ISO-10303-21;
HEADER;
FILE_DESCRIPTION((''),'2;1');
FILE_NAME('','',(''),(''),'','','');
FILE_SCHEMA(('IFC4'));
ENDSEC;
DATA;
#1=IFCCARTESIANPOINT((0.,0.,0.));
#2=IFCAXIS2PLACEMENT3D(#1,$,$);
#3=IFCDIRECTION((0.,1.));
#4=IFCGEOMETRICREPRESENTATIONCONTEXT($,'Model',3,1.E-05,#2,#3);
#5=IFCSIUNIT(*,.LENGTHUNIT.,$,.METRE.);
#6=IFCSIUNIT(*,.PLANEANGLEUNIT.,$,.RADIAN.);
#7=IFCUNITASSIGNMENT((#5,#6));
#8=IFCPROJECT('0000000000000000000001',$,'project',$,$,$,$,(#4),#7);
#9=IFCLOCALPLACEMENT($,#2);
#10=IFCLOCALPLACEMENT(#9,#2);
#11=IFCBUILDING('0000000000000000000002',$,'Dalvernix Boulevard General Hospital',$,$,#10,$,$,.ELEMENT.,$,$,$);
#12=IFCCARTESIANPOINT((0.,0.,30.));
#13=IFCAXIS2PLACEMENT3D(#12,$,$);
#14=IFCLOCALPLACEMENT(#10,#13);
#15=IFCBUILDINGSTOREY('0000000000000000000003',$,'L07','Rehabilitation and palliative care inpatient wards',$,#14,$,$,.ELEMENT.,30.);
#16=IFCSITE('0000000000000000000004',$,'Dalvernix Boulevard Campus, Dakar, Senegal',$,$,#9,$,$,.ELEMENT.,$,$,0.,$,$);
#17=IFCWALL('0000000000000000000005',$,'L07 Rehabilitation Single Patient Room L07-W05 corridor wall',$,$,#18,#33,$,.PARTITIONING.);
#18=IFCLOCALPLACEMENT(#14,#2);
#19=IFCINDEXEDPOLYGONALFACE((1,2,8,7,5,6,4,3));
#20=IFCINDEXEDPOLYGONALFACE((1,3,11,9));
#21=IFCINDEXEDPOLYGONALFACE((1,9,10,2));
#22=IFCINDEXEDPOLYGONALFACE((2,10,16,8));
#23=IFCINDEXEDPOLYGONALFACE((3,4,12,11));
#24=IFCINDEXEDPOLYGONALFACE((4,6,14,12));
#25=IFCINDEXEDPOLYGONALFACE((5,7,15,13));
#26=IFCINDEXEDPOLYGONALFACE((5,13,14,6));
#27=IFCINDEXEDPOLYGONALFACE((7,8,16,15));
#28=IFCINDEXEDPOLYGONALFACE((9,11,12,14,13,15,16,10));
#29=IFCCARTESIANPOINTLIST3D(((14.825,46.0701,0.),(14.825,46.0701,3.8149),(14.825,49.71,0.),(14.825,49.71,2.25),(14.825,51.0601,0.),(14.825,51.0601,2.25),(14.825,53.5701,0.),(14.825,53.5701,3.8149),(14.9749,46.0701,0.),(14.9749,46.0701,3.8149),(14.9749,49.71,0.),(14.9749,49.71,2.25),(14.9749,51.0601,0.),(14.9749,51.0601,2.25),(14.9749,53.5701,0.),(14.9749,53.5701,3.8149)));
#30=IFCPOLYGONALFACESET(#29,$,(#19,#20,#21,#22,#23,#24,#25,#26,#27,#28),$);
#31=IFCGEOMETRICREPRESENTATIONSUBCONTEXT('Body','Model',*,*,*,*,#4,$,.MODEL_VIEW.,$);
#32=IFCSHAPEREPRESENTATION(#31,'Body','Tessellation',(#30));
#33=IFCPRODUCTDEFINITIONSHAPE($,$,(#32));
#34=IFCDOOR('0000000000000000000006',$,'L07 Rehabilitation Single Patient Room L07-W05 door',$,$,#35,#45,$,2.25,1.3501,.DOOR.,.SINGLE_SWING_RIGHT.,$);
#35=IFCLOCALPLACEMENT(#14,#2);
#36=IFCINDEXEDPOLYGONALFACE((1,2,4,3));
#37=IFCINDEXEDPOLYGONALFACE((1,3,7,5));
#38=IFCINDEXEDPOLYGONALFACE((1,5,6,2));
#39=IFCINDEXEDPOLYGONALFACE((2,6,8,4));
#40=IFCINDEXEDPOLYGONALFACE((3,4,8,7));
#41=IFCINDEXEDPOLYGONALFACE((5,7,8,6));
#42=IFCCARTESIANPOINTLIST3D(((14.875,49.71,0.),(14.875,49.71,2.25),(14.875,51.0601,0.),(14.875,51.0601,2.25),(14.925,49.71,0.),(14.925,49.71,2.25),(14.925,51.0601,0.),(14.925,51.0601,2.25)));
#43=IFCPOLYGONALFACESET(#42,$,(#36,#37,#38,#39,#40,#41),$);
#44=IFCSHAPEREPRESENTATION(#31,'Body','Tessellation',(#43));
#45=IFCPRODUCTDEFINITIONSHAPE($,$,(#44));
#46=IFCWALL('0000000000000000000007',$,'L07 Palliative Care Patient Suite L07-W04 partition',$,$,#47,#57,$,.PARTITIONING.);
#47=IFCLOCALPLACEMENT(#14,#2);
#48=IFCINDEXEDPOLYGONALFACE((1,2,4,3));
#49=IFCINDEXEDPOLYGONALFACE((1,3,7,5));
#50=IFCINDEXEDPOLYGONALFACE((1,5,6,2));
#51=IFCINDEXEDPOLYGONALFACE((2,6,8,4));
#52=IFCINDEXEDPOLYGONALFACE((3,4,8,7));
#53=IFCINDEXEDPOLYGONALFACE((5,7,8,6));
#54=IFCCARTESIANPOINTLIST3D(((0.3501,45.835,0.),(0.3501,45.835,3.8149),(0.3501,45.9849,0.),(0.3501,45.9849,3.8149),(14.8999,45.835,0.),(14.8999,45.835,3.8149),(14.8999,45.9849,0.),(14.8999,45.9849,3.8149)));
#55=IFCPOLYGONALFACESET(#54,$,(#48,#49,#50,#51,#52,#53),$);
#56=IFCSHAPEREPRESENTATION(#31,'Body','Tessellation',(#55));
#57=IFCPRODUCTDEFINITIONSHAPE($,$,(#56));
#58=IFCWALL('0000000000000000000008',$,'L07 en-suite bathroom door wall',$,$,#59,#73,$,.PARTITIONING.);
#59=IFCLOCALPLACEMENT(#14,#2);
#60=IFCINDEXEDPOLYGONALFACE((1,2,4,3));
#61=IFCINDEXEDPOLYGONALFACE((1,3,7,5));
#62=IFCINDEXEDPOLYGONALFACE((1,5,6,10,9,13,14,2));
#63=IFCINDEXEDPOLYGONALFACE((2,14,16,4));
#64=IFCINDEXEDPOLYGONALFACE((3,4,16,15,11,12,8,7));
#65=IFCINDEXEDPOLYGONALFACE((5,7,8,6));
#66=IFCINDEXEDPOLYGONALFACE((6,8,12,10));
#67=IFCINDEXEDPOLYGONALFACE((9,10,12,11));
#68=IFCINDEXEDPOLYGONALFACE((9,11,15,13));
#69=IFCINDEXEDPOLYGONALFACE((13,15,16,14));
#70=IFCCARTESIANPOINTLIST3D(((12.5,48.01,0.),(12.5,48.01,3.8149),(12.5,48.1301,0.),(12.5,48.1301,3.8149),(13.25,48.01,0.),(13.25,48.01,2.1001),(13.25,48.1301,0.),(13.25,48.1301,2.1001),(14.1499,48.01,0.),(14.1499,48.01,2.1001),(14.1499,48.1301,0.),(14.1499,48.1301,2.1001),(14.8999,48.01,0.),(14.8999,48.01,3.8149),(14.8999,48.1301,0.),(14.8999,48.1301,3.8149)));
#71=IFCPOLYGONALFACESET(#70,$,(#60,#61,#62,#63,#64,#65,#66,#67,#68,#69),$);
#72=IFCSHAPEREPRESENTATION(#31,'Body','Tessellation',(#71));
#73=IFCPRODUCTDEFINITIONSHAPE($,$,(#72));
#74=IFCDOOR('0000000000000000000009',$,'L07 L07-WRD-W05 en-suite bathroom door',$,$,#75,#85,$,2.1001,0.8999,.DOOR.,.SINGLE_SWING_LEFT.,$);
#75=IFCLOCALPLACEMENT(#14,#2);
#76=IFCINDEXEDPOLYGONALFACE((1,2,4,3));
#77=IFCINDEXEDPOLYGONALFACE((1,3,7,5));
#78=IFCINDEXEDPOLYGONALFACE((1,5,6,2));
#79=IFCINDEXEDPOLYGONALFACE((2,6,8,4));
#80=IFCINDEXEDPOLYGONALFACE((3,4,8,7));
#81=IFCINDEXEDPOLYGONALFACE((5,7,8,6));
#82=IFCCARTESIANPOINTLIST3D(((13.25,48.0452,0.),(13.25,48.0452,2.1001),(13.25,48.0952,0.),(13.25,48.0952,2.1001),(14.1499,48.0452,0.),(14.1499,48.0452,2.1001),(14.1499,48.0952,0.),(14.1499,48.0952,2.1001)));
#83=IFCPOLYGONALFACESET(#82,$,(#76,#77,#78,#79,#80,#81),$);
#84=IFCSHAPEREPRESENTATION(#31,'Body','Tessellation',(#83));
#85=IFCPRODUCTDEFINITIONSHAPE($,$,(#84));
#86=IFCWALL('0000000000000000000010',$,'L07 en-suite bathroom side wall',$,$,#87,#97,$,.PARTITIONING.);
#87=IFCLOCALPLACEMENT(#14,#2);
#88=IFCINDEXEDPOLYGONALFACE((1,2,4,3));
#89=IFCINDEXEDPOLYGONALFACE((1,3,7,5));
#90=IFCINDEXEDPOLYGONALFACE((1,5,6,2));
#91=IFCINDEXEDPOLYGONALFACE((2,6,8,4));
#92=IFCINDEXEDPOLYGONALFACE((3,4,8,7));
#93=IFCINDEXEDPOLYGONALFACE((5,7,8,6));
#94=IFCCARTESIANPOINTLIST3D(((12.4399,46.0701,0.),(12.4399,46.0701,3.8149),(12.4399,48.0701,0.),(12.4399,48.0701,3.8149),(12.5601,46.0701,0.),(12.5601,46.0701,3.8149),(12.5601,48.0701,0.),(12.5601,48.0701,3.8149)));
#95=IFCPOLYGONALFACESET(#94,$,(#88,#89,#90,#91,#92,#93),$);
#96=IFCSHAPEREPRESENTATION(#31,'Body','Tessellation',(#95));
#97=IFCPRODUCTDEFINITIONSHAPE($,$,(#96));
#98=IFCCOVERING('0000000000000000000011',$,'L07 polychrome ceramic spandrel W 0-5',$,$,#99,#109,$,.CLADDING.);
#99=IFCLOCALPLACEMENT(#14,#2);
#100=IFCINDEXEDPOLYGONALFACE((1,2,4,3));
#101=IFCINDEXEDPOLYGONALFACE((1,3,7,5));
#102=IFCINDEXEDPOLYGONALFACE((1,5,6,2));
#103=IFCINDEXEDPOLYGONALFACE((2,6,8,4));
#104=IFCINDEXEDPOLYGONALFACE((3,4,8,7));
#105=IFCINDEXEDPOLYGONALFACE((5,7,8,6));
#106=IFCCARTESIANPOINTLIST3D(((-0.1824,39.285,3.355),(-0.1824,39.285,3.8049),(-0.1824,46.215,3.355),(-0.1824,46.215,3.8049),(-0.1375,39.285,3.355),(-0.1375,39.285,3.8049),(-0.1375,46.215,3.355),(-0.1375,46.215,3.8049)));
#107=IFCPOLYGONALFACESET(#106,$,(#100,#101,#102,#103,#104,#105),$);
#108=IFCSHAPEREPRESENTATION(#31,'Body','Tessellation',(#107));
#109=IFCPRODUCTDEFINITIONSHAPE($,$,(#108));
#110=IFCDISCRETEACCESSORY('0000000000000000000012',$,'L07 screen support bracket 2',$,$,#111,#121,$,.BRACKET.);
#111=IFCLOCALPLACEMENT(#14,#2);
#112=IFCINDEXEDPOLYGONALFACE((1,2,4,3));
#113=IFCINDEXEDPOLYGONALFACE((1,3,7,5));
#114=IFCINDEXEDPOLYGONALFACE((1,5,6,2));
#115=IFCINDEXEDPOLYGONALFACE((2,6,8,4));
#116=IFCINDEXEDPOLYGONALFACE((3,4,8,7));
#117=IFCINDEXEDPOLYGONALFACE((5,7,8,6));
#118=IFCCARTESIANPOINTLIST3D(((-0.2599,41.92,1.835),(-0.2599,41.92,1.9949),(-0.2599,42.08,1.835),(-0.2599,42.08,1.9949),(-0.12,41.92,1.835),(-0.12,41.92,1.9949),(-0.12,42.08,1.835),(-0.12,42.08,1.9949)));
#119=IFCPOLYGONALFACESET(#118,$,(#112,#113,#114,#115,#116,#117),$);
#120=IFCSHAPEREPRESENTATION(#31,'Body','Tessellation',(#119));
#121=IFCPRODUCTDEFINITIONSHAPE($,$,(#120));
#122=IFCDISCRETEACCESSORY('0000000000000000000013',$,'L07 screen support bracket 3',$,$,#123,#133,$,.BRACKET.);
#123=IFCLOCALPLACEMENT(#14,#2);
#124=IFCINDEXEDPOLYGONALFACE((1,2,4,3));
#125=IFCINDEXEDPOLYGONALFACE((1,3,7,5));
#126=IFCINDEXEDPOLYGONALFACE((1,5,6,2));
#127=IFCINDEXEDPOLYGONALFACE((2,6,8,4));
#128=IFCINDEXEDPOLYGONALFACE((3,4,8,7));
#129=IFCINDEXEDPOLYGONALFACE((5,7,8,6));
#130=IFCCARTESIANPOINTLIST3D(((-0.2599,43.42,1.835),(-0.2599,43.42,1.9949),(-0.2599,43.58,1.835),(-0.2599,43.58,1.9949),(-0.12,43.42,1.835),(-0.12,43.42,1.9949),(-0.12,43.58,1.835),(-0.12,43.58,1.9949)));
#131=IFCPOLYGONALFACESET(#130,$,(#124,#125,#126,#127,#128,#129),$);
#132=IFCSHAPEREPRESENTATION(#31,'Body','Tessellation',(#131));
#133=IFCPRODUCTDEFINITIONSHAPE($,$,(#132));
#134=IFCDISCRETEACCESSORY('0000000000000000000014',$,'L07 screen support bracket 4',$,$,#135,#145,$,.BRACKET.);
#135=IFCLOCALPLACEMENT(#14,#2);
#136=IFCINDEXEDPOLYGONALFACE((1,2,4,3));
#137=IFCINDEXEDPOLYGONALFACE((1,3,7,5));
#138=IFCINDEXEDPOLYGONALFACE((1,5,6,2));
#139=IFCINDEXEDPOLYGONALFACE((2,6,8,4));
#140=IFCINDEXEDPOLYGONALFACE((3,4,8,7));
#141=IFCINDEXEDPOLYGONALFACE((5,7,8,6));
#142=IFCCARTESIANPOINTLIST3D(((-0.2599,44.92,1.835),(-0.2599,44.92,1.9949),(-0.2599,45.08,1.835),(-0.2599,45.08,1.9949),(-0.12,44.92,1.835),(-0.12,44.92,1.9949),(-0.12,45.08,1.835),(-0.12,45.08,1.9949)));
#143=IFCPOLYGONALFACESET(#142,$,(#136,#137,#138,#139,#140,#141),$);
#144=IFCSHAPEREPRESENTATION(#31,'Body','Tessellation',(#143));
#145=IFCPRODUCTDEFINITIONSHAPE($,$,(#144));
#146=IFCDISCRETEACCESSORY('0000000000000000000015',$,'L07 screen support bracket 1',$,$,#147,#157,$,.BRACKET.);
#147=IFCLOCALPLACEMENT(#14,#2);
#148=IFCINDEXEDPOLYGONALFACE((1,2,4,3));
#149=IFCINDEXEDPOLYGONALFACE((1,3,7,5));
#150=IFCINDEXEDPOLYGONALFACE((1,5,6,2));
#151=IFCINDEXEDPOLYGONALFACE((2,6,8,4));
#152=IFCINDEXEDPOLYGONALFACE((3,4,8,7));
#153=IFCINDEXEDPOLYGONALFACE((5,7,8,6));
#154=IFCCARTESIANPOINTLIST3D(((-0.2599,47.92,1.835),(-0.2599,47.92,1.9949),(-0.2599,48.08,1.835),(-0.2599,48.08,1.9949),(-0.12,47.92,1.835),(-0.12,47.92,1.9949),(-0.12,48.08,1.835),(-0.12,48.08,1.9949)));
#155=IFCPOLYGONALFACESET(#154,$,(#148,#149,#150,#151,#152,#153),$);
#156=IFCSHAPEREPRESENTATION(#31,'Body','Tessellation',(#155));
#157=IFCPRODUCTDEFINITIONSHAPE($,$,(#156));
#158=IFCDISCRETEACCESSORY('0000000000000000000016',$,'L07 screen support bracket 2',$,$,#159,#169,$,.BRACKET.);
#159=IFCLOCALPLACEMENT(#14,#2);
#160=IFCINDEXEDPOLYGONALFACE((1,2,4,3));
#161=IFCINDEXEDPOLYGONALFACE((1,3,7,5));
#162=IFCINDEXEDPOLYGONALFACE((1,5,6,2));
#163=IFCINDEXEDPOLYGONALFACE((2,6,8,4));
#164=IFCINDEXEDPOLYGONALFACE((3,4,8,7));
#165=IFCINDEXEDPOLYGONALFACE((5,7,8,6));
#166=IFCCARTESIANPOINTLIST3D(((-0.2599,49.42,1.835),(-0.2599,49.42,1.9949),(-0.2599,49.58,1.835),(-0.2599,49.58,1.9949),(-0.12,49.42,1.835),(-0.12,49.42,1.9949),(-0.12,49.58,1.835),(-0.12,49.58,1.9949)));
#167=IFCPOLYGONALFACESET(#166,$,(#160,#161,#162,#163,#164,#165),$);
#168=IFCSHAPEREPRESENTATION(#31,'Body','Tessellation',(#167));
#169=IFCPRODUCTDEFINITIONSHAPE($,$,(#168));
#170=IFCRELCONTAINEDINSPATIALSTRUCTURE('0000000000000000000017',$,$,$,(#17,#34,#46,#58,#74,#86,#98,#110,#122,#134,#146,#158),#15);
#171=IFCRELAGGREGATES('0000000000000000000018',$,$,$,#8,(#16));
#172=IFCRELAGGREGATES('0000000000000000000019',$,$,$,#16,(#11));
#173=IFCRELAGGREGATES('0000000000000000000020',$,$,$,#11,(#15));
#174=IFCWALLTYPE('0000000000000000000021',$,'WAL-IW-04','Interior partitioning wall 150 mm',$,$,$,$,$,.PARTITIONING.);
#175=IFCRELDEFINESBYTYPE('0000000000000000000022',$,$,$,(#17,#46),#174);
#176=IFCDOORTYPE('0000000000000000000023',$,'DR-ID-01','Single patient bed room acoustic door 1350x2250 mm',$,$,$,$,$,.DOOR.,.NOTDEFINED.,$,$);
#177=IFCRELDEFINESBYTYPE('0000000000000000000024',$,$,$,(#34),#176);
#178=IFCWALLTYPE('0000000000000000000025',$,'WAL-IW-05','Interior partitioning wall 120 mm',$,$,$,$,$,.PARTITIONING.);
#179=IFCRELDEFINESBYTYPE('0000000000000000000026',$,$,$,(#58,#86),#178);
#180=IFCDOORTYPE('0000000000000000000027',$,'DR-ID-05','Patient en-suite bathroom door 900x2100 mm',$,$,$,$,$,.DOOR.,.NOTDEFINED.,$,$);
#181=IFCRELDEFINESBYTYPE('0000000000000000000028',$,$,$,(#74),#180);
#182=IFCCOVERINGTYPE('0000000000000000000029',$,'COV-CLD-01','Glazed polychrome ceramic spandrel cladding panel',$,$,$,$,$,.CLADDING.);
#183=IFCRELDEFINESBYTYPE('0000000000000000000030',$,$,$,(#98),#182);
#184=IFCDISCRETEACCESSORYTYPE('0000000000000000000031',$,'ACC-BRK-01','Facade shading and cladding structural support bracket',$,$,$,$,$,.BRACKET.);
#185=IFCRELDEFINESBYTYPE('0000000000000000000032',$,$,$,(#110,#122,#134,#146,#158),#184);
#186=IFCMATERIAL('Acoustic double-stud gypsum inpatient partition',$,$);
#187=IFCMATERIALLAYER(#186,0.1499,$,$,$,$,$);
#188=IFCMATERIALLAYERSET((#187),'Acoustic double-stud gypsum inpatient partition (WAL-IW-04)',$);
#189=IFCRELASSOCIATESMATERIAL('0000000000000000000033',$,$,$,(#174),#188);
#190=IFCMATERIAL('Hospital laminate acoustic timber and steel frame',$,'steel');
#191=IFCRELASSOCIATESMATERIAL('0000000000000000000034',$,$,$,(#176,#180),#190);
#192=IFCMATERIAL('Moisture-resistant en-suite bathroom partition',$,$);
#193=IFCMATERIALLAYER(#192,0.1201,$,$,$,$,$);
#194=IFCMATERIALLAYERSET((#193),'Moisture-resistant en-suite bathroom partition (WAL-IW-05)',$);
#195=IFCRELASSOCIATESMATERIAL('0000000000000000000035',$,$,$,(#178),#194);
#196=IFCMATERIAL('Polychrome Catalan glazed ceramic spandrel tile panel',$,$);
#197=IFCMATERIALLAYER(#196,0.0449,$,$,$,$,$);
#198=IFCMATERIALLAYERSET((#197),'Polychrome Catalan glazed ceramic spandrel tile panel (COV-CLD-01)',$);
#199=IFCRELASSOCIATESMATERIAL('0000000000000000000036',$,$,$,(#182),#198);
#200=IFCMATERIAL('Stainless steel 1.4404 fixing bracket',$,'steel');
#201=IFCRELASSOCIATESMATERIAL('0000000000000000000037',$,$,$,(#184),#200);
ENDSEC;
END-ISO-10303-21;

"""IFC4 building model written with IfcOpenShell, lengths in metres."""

from ifc_helpers import new_model, si_unit, direction, frame, frame_2d, origin, origin_2d, place, context, subcontext, project, spatial, rectangle, extrude, material, layer, layer_set, type_object, element, fill, save


model = new_model("IFC4")

# Units and contexts
model_context = context("Model", 3, precision=1e-05, world=origin(), true_north=direction((0.0, 1.0)))
body_context = subcontext(model_context, "Body", "Model", "MODEL_VIEW")
ifc_project = project(units=[si_unit("LENGTHUNIT", "METRE"), si_unit("PLANEANGLEUNIT", "RADIAN")], contexts=[model_context])

# Site, building, storey
site_placement = place(None, origin())
site = spatial("IfcSite", under=ifc_project, at=site_placement, Name="Dalvernix Boulevard Campus, Dakar, Senegal", CompositionType="ELEMENT", RefElevation=0.0)
building_placement = place(site_placement, origin())
building = spatial("IfcBuilding", under=site, at=building_placement, Name="Dalvernix Boulevard General Hospital", CompositionType="ELEMENT")
storey_placement = place(building_placement, frame((0.0, 0.0, 30.0)))
storey = spatial("IfcBuildingStorey", under=building, at=storey_placement, Name="L07", Description="Rehabilitation and palliative care inpatient wards", CompositionType="ELEMENT", Elevation=30.0)

# Wall, opening, door
ifc_material_1 = material(Name="Acoustic double-stud gypsum inpatient partition")
ifc_layer_1 = layer(ifc_material_1, 0.1499)
ifc_layer_set_1 = layer_set([ifc_layer_1], Name="Acoustic double-stud gypsum inpatient partition (WAL-IW-04)")
wall_type_1 = type_object("IfcWallType", Name="WAL-IW-04", Description="Interior partitioning wall 150 mm", PredefinedType="PARTITIONING", material=ifc_layer_set_1)
wall_1_placement = place(storey_placement, frame((14.8999, 46.0701, 0.0), z_axis=(0.0, 0.0, 1.0), x_axis=(0.0, 1.0, 0.0)))
wall_1 = element("IfcWall", 1, at=wall_1_placement, inside=storey, type_object=wall_type_1, Name="L07 Rehabilitation Single Patient Room L07-W05 corridor wall", PredefinedType="PARTITIONING", context=body_context, shape_type="SweptSolid", body=[
    extrude(rectangle(XDim=7.5, YDim=0.1499, at=frame_2d((3.75, 0.0))), origin(), (0.0, 0.0, 1.0), 3.8149),
])
opening_1_placement = place(wall_1_placement, frame((3.6399, 0.0, 0.0)))
opening_1 = element("IfcOpeningElement", 2, at=opening_1_placement, cuts=wall_1, PredefinedType="OPENING", context=body_context, shape_type="SweptSolid", body=[
    extrude(rectangle(XDim=1.3501, YDim=2.25, at=frame_2d((0.675, 1.125))), frame((0.0, 0.085, 0.0), z_axis=(0.0, -1.0, 0.0), x_axis=(1.0, 0.0, 0.0)), (0.0, 0.0, 1.0), 0.1699),
])
ifc_material_2 = material(Name="Hospital laminate acoustic timber and steel frame", Category="steel")
door_type_1 = type_object("IfcDoorType", Name="DR-ID-01", Description="Single patient bed room acoustic door 1350x2250 mm", OperationType="NOTDEFINED", PredefinedType="DOOR", material=ifc_material_2)
door_1_placement = place(opening_1_placement, origin())
door_1 = element("IfcDoor", 3, at=door_1_placement, inside=storey, type_object=door_type_1, Name="L07 Rehabilitation Single Patient Room L07-W05 door", OperationType="SINGLE_SWING_RIGHT", OverallHeight=2.25, OverallWidth=1.3501, PredefinedType="DOOR", context=body_context, shape_type="SweptSolid", body=[
    extrude(rectangle(XDim=1.3501, YDim=2.25, at=frame_2d((0.675, 1.125))), frame((0.0, 0.0249, 0.0), z_axis=(0.0, -1.0, 0.0), x_axis=(1.0, 0.0, 0.0)), (0.0, 0.0, 1.0), 0.05),
])
fill(opening_1, door_1)

# Wall
wall_2_placement = place(storey_placement, frame((0.3501, 45.9099, 0.0), z_axis=(0.0, 0.0, 1.0), x_axis=(1.0, 0.0, 0.0)))
element("IfcWall", 4, at=wall_2_placement, inside=storey, type_object=wall_type_1, Name="L07 Palliative Care Patient Suite L07-W04 partition", PredefinedType="PARTITIONING", context=body_context, shape_type="SweptSolid", body=[
    extrude(rectangle(XDim=14.5498, YDim=0.1499, at=frame_2d((7.2749, 0.0))), origin(), (0.0, 0.0, 1.0), 3.8149),
])

# Wall, opening, door
ifc_material_3 = material(Name="Moisture-resistant en-suite bathroom partition")
ifc_layer_2 = layer(ifc_material_3, 0.1201)
ifc_layer_set_2 = layer_set([ifc_layer_2], Name="Moisture-resistant en-suite bathroom partition (WAL-IW-05)")
wall_type_2 = type_object("IfcWallType", Name="WAL-IW-05", Description="Interior partitioning wall 120 mm", PredefinedType="PARTITIONING", material=ifc_layer_set_2)
wall_3_placement = place(storey_placement, frame((14.8999, 48.0701, 0.0), z_axis=(0.0, 0.0, 1.0), x_axis=(-1.0, 0.0, 0.0)))
wall_3 = element("IfcWall", 5, at=wall_3_placement, inside=storey, type_object=wall_type_2, Name="L07 en-suite bathroom door wall", PredefinedType="PARTITIONING", context=body_context, shape_type="SweptSolid", body=[
    extrude(rectangle(XDim=2.3999, YDim=0.1201, at=frame_2d((1.2, 0.0))), origin(), (0.0, 0.0, 1.0), 3.8149),
])
opening_2_placement = place(wall_3_placement, frame((0.75, 0.0, 0.0)))
opening_2 = element("IfcOpeningElement", 6, at=opening_2_placement, cuts=wall_3, PredefinedType="OPENING", context=body_context, shape_type="SweptSolid", body=[
    extrude(rectangle(XDim=0.8999, YDim=2.1001, at=frame_2d((0.45, 1.05))), frame((0.0, 0.0701, 0.0), z_axis=(0.0, -1.0, 0.0), x_axis=(1.0, 0.0, 0.0)), (0.0, 0.0, 1.0), 0.1401),
])
door_type_2 = type_object("IfcDoorType", Name="DR-ID-05", Description="Patient en-suite bathroom door 900x2100 mm", OperationType="NOTDEFINED", PredefinedType="DOOR", material=ifc_material_2)
door_2_placement = place(opening_2_placement, origin())
door_2 = element("IfcDoor", 7, at=door_2_placement, inside=storey, type_object=door_type_2, Name="L07 L07-WRD-W05 en-suite bathroom door", OperationType="SINGLE_SWING_LEFT", OverallHeight=2.1001, OverallWidth=0.8999, PredefinedType="DOOR", context=body_context, shape_type="SweptSolid", body=[
    extrude(rectangle(XDim=0.8999, YDim=2.1001, at=frame_2d((0.45, 1.05))), frame((0.0, 0.0249, 0.0), z_axis=(0.0, -1.0, 0.0), x_axis=(1.0, 0.0, 0.0)), (0.0, 0.0, 1.0), 0.05),
])
fill(opening_2, door_2)

# Wall
wall_4_placement = place(storey_placement, frame((12.5, 46.0701, 0.0), z_axis=(0.0, 0.0, 1.0), x_axis=(0.0, 1.0, 0.0)))
element("IfcWall", 8, at=wall_4_placement, inside=storey, type_object=wall_type_2, Name="L07 en-suite bathroom side wall", PredefinedType="PARTITIONING", context=body_context, shape_type="SweptSolid", body=[
    extrude(rectangle(XDim=2.0, YDim=0.1201, at=frame_2d((1.0, 0.0))), origin(), (0.0, 0.0, 1.0), 3.8149),
])

# Covering
ifc_material_4 = material(Name="Polychrome Catalan glazed ceramic spandrel tile panel")
ifc_layer_3 = layer(ifc_material_4, 0.0449)
ifc_layer_set_3 = layer_set([ifc_layer_3], Name="Polychrome Catalan glazed ceramic spandrel tile panel (COV-CLD-01)")
covering_type = type_object("IfcCoveringType", Name="COV-CLD-01", Description="Glazed polychrome ceramic spandrel cladding panel", PredefinedType="CLADDING", material=ifc_layer_set_3)
covering_placement = place(storey_placement, frame((-0.1599, 42.75, 3.355), z_axis=(0.0, 0.0, 1.0), x_axis=(0.0, 1.0, 0.0)))
element("IfcCovering", 9, at=covering_placement, inside=storey, type_object=covering_type, Name="L07 polychrome ceramic spandrel W 0-5", PredefinedType="CLADDING", context=body_context, shape_type="SweptSolid", body=[
    extrude(rectangle(XDim=6.9299, YDim=0.0449, at=origin_2d()), origin(), (0.0, 0.0, 1.0), 0.45),
])

# Discrete accessories
ifc_material_5 = material(Name="Stainless steel 1.4404 fixing bracket", Category="steel")
discrete_accessory_type = type_object("IfcDiscreteAccessoryType", Name="ACC-BRK-01", Description="Facade shading and cladding structural support bracket", PredefinedType="BRACKET", material=ifc_material_5)
for number, where, z_axis, x_axis, name in (
    (10, (-0.1899, 42.0, 1.835), (0.0, 0.0, 1.0), (0.0, 1.0, 0.0), "L07 screen support bracket 2"),
    (11, (-0.1899, 43.5, 1.835), (0.0, 0.0, 1.0), (0.0, 1.0, 0.0), "L07 screen support bracket 3"),
    (12, (-0.1899, 45.0, 1.835), (0.0, 0.0, 1.0), (0.0, 1.0, 0.0), "L07 screen support bracket 4"),
    (13, (-0.1899, 48.0, 1.835), (0.0, 0.0, 1.0), (0.0, 1.0, 0.0), "L07 screen support bracket 1"),
    (14, (-0.1899, 49.5, 1.835), (0.0, 0.0, 1.0), (0.0, 1.0, 0.0), "L07 screen support bracket 2"),
):
    element("IfcDiscreteAccessory", number, at=place(storey_placement, frame(where, z_axis=z_axis, x_axis=x_axis)), inside=storey, type_object=discrete_accessory_type, Name=name, PredefinedType="BRACKET", context=body_context, shape_type="SweptSolid", body=[
        extrude(rectangle(XDim=0.1599, YDim=0.1399, at=origin_2d()), origin(), (0.0, 0.0, 1.0), 0.1599),
    ])

save(model, "model.ifc")
